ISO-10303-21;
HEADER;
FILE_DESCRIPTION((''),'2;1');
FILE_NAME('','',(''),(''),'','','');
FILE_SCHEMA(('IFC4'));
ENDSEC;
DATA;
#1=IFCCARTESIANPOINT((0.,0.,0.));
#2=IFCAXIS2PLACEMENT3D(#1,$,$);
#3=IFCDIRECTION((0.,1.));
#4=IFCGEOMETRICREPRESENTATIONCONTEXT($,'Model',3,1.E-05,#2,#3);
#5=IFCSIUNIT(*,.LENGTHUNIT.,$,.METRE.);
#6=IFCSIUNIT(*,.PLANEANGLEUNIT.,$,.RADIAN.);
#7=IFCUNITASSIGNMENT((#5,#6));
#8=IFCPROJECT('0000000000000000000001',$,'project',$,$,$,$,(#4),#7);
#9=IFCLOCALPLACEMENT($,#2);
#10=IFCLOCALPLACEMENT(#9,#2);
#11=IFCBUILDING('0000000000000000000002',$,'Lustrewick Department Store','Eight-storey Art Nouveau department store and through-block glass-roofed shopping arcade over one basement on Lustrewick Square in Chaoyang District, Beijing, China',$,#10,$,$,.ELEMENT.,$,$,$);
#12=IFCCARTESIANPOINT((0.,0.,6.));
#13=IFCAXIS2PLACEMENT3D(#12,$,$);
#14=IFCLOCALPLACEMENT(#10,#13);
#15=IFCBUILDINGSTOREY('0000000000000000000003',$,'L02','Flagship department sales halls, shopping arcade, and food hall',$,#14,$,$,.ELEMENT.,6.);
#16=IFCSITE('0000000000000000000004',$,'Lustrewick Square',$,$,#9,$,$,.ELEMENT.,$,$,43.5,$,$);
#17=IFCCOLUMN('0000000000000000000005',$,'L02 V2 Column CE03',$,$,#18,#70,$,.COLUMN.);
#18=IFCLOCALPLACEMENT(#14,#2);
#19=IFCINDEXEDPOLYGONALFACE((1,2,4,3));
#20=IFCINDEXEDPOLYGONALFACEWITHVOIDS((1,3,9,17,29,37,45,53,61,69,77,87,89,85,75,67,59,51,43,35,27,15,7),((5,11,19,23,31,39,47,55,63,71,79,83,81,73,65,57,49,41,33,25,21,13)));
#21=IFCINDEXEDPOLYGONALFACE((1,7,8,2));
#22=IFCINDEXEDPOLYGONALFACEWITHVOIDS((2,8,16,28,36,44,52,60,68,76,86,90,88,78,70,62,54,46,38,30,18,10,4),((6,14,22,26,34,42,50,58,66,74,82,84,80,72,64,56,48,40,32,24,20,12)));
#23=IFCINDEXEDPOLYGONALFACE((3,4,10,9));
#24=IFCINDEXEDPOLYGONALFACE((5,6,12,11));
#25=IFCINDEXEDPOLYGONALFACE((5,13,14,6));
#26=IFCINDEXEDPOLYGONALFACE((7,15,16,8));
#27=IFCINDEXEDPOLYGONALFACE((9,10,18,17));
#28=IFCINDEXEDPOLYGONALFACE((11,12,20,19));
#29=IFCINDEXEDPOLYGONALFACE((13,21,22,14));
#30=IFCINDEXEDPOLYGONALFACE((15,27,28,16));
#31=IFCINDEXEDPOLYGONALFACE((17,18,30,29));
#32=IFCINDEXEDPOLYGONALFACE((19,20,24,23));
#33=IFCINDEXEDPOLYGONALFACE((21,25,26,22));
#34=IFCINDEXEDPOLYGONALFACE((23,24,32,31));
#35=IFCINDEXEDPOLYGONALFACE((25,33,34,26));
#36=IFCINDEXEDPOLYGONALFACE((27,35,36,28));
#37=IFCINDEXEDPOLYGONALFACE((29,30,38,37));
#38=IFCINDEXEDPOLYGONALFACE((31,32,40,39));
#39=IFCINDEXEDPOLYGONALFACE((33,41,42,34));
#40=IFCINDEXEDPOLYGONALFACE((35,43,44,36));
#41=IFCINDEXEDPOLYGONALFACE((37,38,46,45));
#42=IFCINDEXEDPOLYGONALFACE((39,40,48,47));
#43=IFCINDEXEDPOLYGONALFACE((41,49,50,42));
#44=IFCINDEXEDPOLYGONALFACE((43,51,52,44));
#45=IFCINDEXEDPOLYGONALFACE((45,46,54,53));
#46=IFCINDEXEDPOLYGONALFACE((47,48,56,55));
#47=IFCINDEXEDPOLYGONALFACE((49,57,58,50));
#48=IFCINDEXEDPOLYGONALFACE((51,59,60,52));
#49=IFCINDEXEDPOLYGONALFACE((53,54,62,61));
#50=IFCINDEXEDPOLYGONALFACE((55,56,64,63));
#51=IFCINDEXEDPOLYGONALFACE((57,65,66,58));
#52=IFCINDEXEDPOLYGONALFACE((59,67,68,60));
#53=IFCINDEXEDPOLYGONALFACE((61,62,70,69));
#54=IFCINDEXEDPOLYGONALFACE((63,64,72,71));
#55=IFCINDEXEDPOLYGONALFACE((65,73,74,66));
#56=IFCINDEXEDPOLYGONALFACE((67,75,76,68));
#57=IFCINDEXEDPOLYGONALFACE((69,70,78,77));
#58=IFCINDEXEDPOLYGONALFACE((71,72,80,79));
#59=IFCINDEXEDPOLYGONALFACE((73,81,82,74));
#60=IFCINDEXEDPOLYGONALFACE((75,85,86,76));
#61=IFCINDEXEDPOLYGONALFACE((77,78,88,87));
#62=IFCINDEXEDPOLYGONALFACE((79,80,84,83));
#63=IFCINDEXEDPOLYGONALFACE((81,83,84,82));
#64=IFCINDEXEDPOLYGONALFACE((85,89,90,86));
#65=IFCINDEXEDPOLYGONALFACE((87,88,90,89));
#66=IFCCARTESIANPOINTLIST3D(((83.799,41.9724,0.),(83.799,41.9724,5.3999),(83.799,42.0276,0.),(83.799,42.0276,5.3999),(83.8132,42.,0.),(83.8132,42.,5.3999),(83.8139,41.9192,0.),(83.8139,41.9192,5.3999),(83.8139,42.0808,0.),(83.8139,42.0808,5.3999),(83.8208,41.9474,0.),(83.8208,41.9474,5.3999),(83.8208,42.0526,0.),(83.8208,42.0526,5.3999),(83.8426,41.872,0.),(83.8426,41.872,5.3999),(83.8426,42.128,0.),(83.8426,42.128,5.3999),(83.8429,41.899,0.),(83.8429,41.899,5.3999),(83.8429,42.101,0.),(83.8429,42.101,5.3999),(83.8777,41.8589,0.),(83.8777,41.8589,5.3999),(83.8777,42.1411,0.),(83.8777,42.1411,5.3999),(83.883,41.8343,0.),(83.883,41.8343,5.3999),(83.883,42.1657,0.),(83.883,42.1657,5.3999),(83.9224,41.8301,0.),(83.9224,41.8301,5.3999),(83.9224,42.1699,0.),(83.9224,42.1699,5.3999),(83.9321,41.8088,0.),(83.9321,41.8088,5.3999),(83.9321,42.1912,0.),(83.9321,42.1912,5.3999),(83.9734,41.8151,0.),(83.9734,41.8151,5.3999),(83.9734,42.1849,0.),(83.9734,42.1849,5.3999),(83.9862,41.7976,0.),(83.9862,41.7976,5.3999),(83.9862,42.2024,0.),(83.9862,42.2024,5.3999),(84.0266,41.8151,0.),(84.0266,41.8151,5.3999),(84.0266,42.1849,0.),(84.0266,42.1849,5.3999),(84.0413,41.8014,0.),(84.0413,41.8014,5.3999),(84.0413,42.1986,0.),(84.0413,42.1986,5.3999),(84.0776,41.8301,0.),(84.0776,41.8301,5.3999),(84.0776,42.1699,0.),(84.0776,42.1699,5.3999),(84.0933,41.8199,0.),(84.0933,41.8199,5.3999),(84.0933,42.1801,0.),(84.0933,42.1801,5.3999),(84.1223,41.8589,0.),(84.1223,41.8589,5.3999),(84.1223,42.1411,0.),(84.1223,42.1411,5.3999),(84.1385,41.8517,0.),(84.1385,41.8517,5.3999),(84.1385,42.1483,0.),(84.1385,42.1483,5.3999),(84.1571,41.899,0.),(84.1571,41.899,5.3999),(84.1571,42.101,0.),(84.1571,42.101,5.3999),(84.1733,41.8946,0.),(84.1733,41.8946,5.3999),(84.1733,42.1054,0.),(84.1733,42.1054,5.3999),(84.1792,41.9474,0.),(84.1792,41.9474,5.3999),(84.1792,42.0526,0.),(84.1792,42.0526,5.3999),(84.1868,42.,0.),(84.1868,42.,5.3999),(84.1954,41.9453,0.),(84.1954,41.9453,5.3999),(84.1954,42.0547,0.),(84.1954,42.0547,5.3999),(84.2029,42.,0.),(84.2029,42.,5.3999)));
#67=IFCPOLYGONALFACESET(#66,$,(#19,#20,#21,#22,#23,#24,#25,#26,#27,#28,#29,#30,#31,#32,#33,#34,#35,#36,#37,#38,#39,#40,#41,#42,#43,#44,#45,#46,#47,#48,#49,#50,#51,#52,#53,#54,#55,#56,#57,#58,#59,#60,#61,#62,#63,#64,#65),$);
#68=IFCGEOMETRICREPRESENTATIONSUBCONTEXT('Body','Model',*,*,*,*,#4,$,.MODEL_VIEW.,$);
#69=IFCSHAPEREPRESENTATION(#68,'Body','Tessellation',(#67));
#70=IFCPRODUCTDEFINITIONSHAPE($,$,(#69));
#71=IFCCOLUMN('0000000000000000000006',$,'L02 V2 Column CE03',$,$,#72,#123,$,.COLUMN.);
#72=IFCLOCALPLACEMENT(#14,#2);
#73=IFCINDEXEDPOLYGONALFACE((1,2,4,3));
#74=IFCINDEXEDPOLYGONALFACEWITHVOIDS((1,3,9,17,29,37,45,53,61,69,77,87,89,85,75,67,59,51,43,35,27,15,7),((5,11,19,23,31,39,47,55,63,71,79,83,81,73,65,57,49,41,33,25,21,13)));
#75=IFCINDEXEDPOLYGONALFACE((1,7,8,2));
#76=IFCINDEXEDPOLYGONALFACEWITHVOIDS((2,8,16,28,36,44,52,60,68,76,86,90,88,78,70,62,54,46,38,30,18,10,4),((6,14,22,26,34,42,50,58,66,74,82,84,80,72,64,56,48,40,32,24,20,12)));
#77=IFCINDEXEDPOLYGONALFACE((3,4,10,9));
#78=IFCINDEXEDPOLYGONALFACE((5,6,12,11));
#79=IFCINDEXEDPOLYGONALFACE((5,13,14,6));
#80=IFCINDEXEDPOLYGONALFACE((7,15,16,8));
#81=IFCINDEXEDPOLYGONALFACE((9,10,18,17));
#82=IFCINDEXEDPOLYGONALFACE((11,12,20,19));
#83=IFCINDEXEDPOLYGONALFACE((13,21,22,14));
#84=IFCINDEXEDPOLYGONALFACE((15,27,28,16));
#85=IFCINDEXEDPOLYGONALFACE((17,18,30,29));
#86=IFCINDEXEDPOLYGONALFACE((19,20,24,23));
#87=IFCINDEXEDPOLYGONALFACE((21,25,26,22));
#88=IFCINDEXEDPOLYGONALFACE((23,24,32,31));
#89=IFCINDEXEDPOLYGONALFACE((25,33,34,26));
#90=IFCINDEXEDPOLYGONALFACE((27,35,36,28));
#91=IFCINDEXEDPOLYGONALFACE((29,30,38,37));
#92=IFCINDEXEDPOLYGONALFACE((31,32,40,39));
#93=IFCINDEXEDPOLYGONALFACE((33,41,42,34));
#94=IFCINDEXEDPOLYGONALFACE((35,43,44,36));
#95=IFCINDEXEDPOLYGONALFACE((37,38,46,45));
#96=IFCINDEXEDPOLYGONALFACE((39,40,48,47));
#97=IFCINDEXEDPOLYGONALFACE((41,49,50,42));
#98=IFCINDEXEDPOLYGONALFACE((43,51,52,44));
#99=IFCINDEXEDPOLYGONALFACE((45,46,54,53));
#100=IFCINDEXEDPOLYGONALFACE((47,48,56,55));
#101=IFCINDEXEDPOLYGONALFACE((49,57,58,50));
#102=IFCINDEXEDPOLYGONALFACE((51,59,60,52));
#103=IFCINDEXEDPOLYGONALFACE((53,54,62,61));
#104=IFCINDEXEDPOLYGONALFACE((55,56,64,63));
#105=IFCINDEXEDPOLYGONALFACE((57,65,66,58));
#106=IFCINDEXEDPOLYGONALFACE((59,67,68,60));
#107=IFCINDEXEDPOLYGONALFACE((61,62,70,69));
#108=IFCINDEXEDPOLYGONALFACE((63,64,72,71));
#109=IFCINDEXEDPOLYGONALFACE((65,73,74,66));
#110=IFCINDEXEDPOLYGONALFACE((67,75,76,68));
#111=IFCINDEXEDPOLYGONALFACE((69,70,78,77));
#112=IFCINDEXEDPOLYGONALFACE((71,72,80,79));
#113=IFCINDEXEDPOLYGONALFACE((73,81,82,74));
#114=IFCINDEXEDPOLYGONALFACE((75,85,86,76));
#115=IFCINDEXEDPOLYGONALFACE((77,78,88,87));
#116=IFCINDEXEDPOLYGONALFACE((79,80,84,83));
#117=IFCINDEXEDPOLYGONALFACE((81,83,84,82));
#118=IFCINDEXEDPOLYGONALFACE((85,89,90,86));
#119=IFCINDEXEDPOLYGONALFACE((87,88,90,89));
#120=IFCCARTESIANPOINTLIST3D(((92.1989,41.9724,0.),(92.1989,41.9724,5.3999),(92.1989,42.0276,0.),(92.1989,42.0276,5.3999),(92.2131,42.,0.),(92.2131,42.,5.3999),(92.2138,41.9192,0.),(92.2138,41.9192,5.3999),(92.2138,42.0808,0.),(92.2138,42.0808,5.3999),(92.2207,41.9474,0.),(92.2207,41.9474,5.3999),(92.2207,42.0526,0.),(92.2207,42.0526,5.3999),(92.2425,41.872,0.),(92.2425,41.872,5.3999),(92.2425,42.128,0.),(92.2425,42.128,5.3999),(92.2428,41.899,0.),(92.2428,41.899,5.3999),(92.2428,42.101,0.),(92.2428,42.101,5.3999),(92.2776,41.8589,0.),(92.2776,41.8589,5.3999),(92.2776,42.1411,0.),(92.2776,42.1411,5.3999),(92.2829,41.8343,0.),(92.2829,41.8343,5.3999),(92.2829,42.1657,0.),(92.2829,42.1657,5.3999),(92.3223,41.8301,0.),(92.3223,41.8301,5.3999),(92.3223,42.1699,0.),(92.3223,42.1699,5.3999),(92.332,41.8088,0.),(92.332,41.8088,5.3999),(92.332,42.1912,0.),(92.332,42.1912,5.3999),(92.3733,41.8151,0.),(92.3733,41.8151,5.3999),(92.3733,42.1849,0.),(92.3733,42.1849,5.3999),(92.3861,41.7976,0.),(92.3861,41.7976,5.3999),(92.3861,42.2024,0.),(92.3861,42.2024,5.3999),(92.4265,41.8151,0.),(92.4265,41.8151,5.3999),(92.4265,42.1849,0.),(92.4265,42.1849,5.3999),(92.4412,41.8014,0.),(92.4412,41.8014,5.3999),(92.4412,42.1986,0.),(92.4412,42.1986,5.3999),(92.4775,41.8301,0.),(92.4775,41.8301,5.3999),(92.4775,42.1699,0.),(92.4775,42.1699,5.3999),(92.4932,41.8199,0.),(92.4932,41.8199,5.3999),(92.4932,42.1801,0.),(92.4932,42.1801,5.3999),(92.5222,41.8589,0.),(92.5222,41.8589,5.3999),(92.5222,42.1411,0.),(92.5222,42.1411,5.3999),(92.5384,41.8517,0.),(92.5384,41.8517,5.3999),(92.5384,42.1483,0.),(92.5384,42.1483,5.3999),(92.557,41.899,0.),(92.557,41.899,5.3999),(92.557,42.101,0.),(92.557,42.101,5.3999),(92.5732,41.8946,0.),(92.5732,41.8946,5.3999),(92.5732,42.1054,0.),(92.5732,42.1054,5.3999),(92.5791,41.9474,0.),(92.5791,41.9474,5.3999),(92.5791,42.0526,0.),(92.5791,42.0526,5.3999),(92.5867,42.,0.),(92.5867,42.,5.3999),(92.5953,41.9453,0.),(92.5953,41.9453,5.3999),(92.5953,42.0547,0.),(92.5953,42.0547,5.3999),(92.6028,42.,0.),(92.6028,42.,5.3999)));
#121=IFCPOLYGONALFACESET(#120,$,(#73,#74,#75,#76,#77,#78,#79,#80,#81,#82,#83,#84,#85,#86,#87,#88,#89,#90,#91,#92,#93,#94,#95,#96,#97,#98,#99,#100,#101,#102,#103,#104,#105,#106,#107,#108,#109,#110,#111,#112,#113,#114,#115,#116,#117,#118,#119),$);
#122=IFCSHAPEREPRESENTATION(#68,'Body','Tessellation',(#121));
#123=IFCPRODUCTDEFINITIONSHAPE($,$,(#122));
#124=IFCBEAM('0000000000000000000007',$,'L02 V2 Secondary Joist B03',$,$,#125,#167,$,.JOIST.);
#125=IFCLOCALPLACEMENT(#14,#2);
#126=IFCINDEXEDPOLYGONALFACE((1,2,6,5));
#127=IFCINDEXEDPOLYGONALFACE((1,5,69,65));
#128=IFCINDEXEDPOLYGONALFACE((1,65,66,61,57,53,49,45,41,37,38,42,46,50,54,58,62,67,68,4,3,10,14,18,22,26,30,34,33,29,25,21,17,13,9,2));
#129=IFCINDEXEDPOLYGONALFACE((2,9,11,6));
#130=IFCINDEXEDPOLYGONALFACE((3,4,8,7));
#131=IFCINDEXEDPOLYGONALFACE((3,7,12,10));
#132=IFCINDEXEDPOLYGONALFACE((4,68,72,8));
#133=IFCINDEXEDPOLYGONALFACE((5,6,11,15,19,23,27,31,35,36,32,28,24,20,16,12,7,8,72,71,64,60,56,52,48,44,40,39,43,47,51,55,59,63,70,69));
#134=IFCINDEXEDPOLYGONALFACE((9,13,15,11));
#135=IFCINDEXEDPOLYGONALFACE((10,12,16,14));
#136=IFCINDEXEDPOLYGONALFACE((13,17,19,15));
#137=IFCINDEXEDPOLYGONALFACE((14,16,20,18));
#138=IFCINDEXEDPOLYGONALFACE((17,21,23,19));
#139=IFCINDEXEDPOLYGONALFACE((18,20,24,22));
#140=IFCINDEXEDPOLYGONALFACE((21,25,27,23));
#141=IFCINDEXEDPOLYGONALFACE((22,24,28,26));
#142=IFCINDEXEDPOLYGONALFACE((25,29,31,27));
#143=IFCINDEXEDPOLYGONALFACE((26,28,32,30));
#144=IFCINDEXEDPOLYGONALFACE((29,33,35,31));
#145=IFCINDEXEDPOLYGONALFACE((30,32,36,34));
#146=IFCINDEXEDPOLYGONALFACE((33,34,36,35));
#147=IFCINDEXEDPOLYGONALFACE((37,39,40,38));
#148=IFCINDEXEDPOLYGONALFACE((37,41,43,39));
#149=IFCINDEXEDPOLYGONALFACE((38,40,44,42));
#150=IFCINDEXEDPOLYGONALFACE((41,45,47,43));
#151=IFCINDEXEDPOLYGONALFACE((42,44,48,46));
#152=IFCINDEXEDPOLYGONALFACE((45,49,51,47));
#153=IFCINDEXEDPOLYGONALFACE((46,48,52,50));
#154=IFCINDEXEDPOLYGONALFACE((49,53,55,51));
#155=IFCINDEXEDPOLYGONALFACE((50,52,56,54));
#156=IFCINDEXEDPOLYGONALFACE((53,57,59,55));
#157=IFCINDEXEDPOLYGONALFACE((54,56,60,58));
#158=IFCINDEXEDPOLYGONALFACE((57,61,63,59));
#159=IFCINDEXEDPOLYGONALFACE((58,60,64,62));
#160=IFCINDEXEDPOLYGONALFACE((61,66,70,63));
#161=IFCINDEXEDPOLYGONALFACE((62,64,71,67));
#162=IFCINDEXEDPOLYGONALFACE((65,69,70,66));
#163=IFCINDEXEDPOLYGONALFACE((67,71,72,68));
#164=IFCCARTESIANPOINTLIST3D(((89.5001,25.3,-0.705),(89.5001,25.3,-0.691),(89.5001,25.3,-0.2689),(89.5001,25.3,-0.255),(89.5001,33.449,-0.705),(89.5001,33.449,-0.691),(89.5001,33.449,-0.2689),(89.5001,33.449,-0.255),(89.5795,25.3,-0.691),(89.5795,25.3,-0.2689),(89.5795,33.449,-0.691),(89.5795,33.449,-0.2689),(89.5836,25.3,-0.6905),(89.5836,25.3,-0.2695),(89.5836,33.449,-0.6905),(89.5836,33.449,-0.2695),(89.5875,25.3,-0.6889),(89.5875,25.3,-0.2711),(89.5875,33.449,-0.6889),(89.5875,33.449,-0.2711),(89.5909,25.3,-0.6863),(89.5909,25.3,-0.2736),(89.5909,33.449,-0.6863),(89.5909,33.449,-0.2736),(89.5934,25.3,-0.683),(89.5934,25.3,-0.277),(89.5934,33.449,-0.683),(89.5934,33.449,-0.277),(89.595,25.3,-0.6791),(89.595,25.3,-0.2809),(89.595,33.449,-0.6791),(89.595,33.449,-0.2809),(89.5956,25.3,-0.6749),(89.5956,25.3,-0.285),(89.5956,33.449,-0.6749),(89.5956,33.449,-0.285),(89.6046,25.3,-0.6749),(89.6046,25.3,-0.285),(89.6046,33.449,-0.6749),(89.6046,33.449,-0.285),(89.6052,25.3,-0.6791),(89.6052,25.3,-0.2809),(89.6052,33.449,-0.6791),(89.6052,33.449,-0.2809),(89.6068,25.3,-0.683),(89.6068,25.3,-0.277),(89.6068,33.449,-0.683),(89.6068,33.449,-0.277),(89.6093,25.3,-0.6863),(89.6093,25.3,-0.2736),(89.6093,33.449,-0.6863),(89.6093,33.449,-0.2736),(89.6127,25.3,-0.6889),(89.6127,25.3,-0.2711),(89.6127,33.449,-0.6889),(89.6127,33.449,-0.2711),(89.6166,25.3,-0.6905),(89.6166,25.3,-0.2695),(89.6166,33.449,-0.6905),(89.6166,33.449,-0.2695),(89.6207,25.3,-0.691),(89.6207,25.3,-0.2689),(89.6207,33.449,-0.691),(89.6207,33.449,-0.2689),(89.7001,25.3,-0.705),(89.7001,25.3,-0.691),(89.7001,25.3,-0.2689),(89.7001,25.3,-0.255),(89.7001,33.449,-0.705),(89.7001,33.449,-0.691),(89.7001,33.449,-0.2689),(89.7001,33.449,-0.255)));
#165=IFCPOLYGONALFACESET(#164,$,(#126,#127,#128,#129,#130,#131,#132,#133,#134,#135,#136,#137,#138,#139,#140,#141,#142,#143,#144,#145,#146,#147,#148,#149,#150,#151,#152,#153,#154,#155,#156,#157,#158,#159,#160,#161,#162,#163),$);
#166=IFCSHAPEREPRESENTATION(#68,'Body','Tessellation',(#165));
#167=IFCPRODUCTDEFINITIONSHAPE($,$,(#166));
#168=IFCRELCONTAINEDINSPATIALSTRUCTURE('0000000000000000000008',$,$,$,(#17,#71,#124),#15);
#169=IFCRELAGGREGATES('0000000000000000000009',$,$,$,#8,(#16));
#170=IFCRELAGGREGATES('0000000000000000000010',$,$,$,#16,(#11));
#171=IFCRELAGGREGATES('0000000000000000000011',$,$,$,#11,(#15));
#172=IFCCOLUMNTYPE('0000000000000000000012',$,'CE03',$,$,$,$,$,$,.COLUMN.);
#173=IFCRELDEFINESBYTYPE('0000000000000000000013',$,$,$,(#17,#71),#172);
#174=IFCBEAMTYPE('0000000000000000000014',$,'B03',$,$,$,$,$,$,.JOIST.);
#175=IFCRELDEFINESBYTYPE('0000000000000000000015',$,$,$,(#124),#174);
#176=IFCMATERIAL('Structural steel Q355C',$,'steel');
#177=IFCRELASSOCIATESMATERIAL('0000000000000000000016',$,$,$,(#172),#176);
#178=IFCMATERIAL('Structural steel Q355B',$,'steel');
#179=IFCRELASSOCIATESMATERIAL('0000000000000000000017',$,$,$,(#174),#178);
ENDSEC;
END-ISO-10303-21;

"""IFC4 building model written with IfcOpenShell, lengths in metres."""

from ifc_helpers import new_model, si_unit, direction, frame, origin, origin_2d, place, context, subcontext, project, spatial, hollow_circle, i_section, extrude, material, material_profile, profile_set, type_object, element, save


model = new_model("IFC4")

# Units and contexts
model_context = context("Model", 3, precision=1e-05, world=origin(), true_north=direction((0.0, 1.0)))
body_context = subcontext(model_context, "Body", "Model", "MODEL_VIEW")
ifc_project = project(units=[si_unit("LENGTHUNIT", "METRE"), si_unit("PLANEANGLEUNIT", "RADIAN")], contexts=[model_context])

# Site, building, storey
site_placement = place(None, origin())
site = spatial("IfcSite", under=ifc_project, at=site_placement, Name="Lustrewick Square", CompositionType="ELEMENT", RefElevation=43.5)
building_placement = place(site_placement, origin())
building = spatial("IfcBuilding", under=site, at=building_placement, Name="Lustrewick Department Store", Description="Eight-storey Art Nouveau department store and through-block glass-roofed shopping arcade over one basement on Lustrewick Square in Chaoyang District, Beijing, China", CompositionType="ELEMENT")
storey_placement = place(building_placement, frame((0.0, 0.0, 6.0)))
storey = spatial("IfcBuildingStorey", under=building, at=storey_placement, Name="L02", Description="Flagship department sales halls, shopping arcade, and food hall", CompositionType="ELEMENT", Elevation=6.0)

# Columns
ifc_material_1 = material(Name="Structural steel Q355C", Category="steel")
ifc_material_profile_1 = material_profile(ifc_material_1, hollow_circle(Radius=0.2029, WallThickness=0.0161, at=origin_2d()), Name="CHS 406x16")
ifc_profile_set_1 = profile_set([ifc_material_profile_1], Name="Structural steel Q355C")
column_type = type_object("IfcColumnType", Name="CE03", PredefinedType="COLUMN", material=ifc_profile_set_1)
for number, where, z_axis, x_axis, name in (
    (1, (84.0, 42.0, 0.0), (0.0, 0.0, 1.0), (1.0, 0.0, 0.0), "L02 V2 Column CE03"),
    (2, (92.3999, 42.0, 0.0), (0.0, 0.0, 1.0), (1.0, 0.0, 0.0), "L02 V2 Column CE03"),
):
    element("IfcColumn", number, at=place(storey_placement, frame(where, z_axis=z_axis, x_axis=x_axis)), inside=storey, type_object=column_type, Name=name, PredefinedType="COLUMN", context=body_context, shape_type="SweptSolid", body=[
        extrude(hollow_circle(Radius=0.2029, WallThickness=0.0161, at=origin_2d()), origin(), (0.0, 0.0, 1.0), 5.3999),
    ])

# Beam
ifc_material_2 = material(Name="Structural steel Q355B", Category="steel")
ifc_material_profile_2 = material_profile(ifc_material_2, i_section(OverallWidth=0.2, OverallDepth=0.45, WebThickness=0.009, FlangeThickness=0.0139, FilletRadius=0.0161, at=origin_2d()), Name="HN 450x200x9x14")
ifc_profile_set_2 = profile_set([ifc_material_profile_2], Name="Structural steel Q355B")
beam_type_1 = type_object("IfcBeamType", Name="B03", PredefinedType="JOIST", material=ifc_profile_set_2)
beam_1_placement = place(storey_placement, frame((89.6001, 25.3, -0.48), z_axis=(0.0, 1.0, 0.0), x_axis=(-1.0, 0.0, 0.0)))
element("IfcBeam", 3, at=beam_1_placement, inside=storey, type_object=beam_type_1, Name="L02 V2 Secondary Joist B03", PredefinedType="JOIST", context=body_context, shape_type="SweptSolid", body=[
    extrude(i_section(OverallWidth=0.2, OverallDepth=0.45, WebThickness=0.009, FlangeThickness=0.0139, FilletRadius=0.0161, at=origin_2d()), origin(), (0.0, 0.0, 1.0), 8.1489),
])

save(model, "model.ifc")
